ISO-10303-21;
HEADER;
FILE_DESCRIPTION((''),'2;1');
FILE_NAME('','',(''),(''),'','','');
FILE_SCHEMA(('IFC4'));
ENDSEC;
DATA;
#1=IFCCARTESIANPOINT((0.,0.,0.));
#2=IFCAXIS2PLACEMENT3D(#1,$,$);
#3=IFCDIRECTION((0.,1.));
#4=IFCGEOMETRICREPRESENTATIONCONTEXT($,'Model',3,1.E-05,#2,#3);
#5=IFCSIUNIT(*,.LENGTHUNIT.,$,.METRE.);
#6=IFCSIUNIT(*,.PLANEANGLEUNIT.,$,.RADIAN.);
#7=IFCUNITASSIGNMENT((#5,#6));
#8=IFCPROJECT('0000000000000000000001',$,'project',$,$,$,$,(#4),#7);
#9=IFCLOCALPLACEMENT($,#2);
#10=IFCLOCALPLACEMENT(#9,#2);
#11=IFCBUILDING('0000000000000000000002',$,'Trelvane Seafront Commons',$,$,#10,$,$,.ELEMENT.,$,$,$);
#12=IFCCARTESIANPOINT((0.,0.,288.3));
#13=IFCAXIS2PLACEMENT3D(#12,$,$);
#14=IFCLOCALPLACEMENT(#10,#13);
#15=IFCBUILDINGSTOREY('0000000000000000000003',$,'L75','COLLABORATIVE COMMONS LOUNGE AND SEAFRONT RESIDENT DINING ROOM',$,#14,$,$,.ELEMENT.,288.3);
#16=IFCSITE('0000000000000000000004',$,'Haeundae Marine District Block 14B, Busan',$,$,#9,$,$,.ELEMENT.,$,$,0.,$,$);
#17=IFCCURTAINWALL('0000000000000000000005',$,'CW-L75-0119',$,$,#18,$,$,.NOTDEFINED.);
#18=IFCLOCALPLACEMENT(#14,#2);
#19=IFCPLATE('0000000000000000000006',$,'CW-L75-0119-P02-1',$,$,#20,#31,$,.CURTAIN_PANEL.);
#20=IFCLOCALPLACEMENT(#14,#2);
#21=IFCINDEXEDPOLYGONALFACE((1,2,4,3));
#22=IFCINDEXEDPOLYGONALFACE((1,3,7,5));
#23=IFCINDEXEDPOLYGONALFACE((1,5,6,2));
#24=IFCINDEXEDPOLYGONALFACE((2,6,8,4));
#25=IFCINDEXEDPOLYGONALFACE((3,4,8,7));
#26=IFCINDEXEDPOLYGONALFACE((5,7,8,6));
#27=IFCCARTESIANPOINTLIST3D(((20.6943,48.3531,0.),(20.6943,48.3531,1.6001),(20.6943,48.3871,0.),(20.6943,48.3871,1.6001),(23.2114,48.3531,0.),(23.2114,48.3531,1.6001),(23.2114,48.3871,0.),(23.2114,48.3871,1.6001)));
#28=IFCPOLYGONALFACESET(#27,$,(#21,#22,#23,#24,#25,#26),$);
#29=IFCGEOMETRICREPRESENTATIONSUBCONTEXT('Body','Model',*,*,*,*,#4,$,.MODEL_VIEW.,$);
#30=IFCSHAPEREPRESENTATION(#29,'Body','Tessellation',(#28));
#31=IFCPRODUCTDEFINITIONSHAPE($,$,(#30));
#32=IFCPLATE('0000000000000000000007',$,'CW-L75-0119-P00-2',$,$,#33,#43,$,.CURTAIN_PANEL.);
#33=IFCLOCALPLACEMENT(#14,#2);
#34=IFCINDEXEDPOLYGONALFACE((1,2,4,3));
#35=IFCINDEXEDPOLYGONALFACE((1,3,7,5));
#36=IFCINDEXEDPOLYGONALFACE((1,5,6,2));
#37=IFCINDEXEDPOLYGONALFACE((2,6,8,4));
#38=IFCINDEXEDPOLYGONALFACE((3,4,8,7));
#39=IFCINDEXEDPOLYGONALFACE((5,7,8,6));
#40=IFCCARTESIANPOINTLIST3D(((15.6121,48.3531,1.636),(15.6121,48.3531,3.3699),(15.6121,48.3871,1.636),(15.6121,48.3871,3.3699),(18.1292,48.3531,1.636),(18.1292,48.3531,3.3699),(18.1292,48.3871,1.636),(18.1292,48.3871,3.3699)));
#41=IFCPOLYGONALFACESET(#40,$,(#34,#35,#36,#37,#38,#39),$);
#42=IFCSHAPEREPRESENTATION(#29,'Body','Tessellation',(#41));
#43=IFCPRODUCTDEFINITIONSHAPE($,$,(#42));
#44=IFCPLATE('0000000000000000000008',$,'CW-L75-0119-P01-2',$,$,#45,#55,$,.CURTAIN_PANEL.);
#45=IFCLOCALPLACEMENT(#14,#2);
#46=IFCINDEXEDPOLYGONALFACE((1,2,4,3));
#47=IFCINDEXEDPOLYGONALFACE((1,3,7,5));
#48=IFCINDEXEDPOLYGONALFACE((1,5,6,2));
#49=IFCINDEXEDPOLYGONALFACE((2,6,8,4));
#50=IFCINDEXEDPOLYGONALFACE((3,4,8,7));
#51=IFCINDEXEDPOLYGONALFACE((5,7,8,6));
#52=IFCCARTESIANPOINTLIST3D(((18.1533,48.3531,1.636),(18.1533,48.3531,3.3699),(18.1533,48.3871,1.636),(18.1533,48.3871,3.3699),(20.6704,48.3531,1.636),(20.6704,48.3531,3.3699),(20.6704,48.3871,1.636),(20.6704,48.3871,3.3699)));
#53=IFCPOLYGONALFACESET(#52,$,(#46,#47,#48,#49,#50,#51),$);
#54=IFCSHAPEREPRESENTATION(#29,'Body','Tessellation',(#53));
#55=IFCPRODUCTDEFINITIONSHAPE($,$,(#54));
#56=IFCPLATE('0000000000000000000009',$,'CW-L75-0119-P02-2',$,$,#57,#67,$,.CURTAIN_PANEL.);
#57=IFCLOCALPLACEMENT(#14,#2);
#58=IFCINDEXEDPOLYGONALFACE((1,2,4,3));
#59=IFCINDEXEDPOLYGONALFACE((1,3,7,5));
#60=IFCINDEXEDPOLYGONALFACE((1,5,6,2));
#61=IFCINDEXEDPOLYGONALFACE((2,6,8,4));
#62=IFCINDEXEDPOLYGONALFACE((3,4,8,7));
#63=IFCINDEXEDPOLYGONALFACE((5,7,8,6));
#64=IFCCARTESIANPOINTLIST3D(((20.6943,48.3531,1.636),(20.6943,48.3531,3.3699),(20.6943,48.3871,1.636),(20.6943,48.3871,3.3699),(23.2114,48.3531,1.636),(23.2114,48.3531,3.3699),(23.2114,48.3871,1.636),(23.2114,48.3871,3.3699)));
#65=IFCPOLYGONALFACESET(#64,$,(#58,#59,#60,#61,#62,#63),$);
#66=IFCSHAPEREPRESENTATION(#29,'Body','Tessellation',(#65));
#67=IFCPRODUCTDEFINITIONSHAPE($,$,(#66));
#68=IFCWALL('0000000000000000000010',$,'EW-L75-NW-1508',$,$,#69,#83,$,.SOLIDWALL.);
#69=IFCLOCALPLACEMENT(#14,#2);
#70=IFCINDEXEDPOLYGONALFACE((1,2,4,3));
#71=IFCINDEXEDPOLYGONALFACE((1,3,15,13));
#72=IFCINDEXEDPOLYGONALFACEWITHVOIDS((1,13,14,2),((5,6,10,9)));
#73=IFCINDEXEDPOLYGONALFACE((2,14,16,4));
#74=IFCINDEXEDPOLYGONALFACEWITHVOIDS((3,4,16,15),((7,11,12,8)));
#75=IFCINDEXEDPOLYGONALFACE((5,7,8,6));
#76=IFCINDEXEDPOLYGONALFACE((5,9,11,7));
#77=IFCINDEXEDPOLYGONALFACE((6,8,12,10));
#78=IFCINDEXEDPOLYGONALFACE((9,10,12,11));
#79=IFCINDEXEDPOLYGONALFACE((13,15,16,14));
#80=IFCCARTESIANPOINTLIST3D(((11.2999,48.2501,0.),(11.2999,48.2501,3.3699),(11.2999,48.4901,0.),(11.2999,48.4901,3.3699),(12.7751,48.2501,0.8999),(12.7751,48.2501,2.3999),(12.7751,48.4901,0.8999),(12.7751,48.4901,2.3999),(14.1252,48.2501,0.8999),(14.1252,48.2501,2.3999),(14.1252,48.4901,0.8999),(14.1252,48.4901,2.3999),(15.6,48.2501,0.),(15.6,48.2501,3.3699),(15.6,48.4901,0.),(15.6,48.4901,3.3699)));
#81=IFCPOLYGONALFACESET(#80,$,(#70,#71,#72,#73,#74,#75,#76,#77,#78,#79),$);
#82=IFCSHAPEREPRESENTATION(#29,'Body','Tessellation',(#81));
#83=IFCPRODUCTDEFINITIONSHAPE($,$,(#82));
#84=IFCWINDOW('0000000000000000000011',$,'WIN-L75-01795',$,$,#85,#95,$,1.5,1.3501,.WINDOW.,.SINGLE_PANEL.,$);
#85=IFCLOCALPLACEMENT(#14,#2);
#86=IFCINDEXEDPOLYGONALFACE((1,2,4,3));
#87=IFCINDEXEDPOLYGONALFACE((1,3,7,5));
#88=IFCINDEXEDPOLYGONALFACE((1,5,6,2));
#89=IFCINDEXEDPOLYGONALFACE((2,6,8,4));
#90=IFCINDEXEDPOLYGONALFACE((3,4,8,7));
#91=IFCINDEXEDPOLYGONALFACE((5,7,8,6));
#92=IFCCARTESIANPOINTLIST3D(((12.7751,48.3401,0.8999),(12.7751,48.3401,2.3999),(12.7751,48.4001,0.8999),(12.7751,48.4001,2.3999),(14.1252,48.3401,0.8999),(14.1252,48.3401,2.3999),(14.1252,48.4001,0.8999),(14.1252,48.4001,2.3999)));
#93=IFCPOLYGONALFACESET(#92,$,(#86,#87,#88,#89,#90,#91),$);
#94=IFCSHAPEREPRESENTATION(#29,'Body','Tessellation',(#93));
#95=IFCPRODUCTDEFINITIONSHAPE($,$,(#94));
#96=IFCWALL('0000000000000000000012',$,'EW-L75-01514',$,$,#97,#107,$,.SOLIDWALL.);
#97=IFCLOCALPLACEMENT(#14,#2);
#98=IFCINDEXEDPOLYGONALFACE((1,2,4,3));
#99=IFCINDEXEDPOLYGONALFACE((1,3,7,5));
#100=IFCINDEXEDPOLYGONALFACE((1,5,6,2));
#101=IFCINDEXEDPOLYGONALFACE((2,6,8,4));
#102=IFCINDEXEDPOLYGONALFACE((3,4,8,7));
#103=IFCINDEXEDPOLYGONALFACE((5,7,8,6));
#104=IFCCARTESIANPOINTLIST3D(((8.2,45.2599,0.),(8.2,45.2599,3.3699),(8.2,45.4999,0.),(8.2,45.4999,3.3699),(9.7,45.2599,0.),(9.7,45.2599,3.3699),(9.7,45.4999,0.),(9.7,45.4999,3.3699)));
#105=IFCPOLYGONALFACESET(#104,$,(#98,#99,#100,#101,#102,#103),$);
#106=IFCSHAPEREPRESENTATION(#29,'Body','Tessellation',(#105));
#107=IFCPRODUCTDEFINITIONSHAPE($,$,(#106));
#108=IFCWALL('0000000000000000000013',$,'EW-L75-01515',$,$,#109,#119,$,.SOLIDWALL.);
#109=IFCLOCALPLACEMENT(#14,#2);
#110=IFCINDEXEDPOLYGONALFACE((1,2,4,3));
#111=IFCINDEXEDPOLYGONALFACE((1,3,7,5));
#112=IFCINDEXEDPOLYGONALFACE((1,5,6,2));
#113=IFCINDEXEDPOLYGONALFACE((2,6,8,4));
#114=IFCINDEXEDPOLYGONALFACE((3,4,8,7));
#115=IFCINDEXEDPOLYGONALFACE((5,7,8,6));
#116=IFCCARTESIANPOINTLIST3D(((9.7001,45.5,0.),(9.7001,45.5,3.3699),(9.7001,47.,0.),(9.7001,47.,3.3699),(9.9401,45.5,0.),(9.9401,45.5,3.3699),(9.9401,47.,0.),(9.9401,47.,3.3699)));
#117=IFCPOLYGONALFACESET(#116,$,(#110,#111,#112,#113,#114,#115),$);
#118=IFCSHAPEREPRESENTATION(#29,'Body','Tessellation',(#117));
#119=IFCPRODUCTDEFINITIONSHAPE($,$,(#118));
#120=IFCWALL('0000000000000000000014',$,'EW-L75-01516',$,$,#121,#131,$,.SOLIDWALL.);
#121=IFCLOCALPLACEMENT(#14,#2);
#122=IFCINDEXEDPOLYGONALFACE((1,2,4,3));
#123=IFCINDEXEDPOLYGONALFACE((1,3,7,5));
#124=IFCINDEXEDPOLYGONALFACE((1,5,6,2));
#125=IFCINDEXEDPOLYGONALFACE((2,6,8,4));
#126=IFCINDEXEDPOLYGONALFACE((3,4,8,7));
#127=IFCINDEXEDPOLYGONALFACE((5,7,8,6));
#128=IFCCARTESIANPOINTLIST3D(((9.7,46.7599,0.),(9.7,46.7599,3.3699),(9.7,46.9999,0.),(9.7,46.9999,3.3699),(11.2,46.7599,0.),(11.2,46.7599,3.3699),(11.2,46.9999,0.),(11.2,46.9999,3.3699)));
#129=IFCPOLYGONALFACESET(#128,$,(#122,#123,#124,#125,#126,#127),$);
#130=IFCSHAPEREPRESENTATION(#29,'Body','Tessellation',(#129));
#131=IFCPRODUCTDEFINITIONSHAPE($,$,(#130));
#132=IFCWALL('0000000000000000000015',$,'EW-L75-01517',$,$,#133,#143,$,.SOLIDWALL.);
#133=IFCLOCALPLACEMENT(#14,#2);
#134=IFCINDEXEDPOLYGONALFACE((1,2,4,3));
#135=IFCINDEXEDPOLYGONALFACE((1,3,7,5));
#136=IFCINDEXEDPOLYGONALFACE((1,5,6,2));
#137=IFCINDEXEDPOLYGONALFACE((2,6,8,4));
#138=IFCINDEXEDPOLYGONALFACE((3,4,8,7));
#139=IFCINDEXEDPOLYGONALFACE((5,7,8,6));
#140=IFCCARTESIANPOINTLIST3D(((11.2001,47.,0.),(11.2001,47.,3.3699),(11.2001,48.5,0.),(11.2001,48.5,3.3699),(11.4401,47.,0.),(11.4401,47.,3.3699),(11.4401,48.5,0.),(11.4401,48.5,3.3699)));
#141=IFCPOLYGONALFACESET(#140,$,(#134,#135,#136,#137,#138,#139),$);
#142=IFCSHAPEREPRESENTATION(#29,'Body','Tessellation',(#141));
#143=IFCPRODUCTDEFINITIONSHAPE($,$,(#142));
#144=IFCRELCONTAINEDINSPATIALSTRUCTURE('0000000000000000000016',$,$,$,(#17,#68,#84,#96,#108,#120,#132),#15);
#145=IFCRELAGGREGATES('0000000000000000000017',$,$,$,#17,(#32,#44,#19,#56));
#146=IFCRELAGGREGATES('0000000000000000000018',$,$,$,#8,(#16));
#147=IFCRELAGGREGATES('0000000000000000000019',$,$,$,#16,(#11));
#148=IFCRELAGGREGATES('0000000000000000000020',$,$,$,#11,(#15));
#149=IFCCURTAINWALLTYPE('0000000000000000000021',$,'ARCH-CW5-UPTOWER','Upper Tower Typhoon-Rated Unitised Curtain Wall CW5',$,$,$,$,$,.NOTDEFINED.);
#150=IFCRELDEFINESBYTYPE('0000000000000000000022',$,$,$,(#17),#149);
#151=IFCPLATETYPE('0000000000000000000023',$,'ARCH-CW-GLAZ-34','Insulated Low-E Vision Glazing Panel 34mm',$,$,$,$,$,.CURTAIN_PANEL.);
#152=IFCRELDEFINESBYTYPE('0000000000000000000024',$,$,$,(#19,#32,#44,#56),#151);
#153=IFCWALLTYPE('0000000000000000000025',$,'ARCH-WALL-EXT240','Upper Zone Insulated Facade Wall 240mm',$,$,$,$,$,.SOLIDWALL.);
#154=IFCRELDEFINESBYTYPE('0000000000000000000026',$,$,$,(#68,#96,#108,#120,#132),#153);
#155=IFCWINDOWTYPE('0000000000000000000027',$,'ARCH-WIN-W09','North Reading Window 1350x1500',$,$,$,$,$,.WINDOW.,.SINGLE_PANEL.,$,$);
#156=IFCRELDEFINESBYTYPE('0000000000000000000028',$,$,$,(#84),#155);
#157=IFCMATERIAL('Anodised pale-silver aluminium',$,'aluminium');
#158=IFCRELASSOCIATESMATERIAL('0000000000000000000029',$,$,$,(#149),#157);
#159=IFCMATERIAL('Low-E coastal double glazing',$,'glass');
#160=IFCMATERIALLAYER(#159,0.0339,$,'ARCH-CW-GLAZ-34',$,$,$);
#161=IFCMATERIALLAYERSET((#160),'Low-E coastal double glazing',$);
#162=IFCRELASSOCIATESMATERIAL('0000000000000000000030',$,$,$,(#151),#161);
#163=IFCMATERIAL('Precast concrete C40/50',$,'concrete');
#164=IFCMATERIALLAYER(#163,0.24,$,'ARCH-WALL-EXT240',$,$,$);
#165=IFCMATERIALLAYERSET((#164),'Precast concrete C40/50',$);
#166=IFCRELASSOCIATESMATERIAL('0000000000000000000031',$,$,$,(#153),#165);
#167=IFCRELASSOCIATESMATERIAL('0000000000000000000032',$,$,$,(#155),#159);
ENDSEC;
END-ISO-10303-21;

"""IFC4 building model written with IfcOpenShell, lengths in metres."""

from ifc_helpers import new_model, si_unit, direction, frame, frame_2d, origin, origin_2d, place, context, subcontext, project, spatial, rectangle, extrude, source, transform, mapped, material, layer, layer_set, type_object, element, fill, aggregate, save


model = new_model("IFC4")

# Units and contexts
model_context = context("Model", 3, precision=1e-05, world=origin(), true_north=direction((0.0, 1.0)))
body_context = subcontext(model_context, "Body", "Model", "MODEL_VIEW")
ifc_project = project(units=[si_unit("LENGTHUNIT", "METRE"), si_unit("PLANEANGLEUNIT", "RADIAN")], contexts=[model_context])

# Site, building, storey
site_placement = place(None, origin())
site = spatial("IfcSite", under=ifc_project, at=site_placement, Name="Haeundae Marine District Block 14B, Busan", CompositionType="ELEMENT", RefElevation=0.0)
building_placement = place(site_placement, origin())
building = spatial("IfcBuilding", under=site, at=building_placement, Name="Trelvane Seafront Commons", CompositionType="ELEMENT")
storey_placement = place(building_placement, frame((0.0, 0.0, 288.3)))
storey = spatial("IfcBuildingStorey", under=building, at=storey_placement, Name="L75", Description="COLLABORATIVE COMMONS LOUNGE AND SEAFRONT RESIDENT DINING ROOM", CompositionType="ELEMENT", Elevation=288.3)

# Curtain wall
ifc_material_1 = material(Name="Anodised pale-silver aluminium", Category="aluminium")
curtain_wall_type = type_object("IfcCurtainWallType", Name="ARCH-CW5-UPTOWER", Description="Upper Tower Typhoon-Rated Unitised Curtain Wall CW5", PredefinedType="NOTDEFINED", material=ifc_material_1)
curtain_wall_placement = place(storey_placement, origin())
curtain_wall = element("IfcCurtainWall", 1, at=curtain_wall_placement, inside=storey, type_object=curtain_wall_type, Name="CW-L75-0119", PredefinedType="NOTDEFINED")

# Plates
ifc_material_2 = material(Name="Low-E coastal double glazing", Category="glass")
ifc_layer_1 = layer(ifc_material_2, 0.0339, Name="ARCH-CW-GLAZ-34")
ifc_layer_set_1 = layer_set([ifc_layer_1], Name="Low-E coastal double glazing")
plate_type_1 = type_object("IfcPlateType", Name="ARCH-CW-GLAZ-34", Description="Insulated Low-E Vision Glazing Panel 34mm", PredefinedType="CURTAIN_PANEL", material=ifc_layer_set_1)
shared_shape_1 = source(origin(), body_context, "Body", "SweptSolid", [
    extrude(rectangle(XDim=2.5171, YDim=0.0339, at=origin_2d()), origin(), (0.0, 0.0, 1.0), 1.6001),
])
plate_1_placement = place(storey_placement, frame((21.9529, 48.3701, 0.0), z_axis=(0.0, 0.0, 1.0), x_axis=(1.0, 0.0, 0.0)))
plate_1 = element("IfcPlate", 2, at=plate_1_placement, type_object=plate_type_1, Name="CW-L75-0119-P02-1", PredefinedType="CURTAIN_PANEL", context=body_context, shape_type="MappedRepresentation", body=[
    mapped(shared_shape_1, transform((0.0, 0.0, 0.0), x_axis=(1.0, 0.0, 0.0), y_axis=(0.0, 1.0, 0.0), z_axis=(0.0, 0.0, 1.0), scale=1.0)),
])
shared_shape_2 = source(origin(), body_context, "Body", "SweptSolid", [
    extrude(rectangle(XDim=2.5171, YDim=0.0339, at=origin_2d()), origin(), (0.0, 0.0, 1.0), 1.7339),
])
plate_2_placement = place(storey_placement, frame((16.8706, 48.3701, 1.636), z_axis=(0.0, 0.0, 1.0), x_axis=(1.0, 0.0, 0.0)))
plate_2 = element("IfcPlate", 3, at=plate_2_placement, type_object=plate_type_1, Name="CW-L75-0119-P00-2", PredefinedType="CURTAIN_PANEL", context=body_context, shape_type="MappedRepresentation", body=[
    mapped(shared_shape_2, transform((0.0, 0.0, 0.0), x_axis=(1.0, 0.0, 0.0), y_axis=(0.0, 1.0, 0.0), z_axis=(0.0, 0.0, 1.0), scale=1.0)),
])
plate_3_placement = place(storey_placement, frame((19.4119, 48.3701, 1.636), z_axis=(0.0, 0.0, 1.0), x_axis=(1.0, 0.0, 0.0)))
plate_3 = element("IfcPlate", 4, at=plate_3_placement, type_object=plate_type_1, Name="CW-L75-0119-P01-2", PredefinedType="CURTAIN_PANEL", context=body_context, shape_type="MappedRepresentation", body=[
    mapped(shared_shape_2, transform((0.0, 0.0, 0.0), x_axis=(1.0, 0.0, 0.0), y_axis=(0.0, 1.0, 0.0), z_axis=(0.0, 0.0, 1.0), scale=1.0)),
])
plate_4_placement = place(storey_placement, frame((21.9529, 48.3701, 1.636), z_axis=(0.0, 0.0, 1.0), x_axis=(1.0, 0.0, 0.0)))
plate_4 = element("IfcPlate", 5, at=plate_4_placement, type_object=plate_type_1, Name="CW-L75-0119-P02-2", PredefinedType="CURTAIN_PANEL", context=body_context, shape_type="MappedRepresentation", body=[
    mapped(shared_shape_2, transform((0.0, 0.0, 0.0), x_axis=(1.0, 0.0, 0.0), y_axis=(0.0, 1.0, 0.0), z_axis=(0.0, 0.0, 1.0), scale=1.0)),
])
aggregate(curtain_wall, [plate_2, plate_3, plate_1, plate_4])

# Wall, opening, window
ifc_material_3 = material(Name="Precast concrete C40/50", Category="concrete")
ifc_layer_2 = layer(ifc_material_3, 0.24, Name="ARCH-WALL-EXT240")
ifc_layer_set_2 = layer_set([ifc_layer_2], Name="Precast concrete C40/50")
wall_type = type_object("IfcWallType", Name="ARCH-WALL-EXT240", Description="Upper Zone Insulated Facade Wall 240mm", PredefinedType="SOLIDWALL", material=ifc_layer_set_2)
wall_placement = place(storey_placement, frame((11.3, 48.3701, 0.0), z_axis=(0.0, 0.0, 1.0), x_axis=(1.0, 0.0, 0.0)))
wall = element("IfcWall", 6, at=wall_placement, inside=storey, type_object=wall_type, Name="EW-L75-NW-1508", PredefinedType="SOLIDWALL", context=body_context, shape_type="SweptSolid", body=[
    extrude(rectangle(XDim=4.3, YDim=0.24, at=frame_2d((2.1499, 0.0))), origin(), (0.0, 0.0, 1.0), 3.3699),
])
opening_placement = place(wall_placement, frame((1.4751, 0.0, 0.8999)))
opening = element("IfcOpeningElement", 7, at=opening_placement, cuts=wall, PredefinedType="OPENING", context=body_context, shape_type="SweptSolid", body=[
    extrude(rectangle(XDim=1.3501, YDim=1.5, at=frame_2d((0.675, 0.75))), frame((0.0, 0.1299, 0.0), z_axis=(0.0, -1.0, 0.0), x_axis=(1.0, 0.0, 0.0)), (0.0, 0.0, 1.0), 0.26),
])
window_type = type_object("IfcWindowType", Name="ARCH-WIN-W09", Description="North Reading Window 1350x1500", PartitioningType="SINGLE_PANEL", PredefinedType="WINDOW", material=ifc_material_2)
shared_shape_3 = source(origin(), body_context, "Body", "SweptSolid", [
    extrude(rectangle(XDim=1.3501, YDim=1.5, at=frame_2d((0.675, 0.75))), frame((0.0, 0.03, 0.0), z_axis=(0.0, -1.0, 0.0), x_axis=(1.0, 0.0, 0.0)), (0.0, 0.0, 1.0), 0.0601),
])
window_placement = place(opening_placement, origin())
window = element("IfcWindow", 8, at=window_placement, inside=storey, type_object=window_type, Name="WIN-L75-01795", OverallHeight=1.5, OverallWidth=1.3501, PartitioningType="SINGLE_PANEL", PredefinedType="WINDOW", context=body_context, shape_type="MappedRepresentation", body=[
    mapped(shared_shape_3, transform((0.0, 0.0, 0.0), x_axis=(1.0, 0.0, 0.0), y_axis=(0.0, 1.0, 0.0), z_axis=(0.0, 0.0, 1.0), scale=1.0)),
])
fill(opening, window)

# Walls
for number, where, z_axis, x_axis, name in (
    (9, (8.2, 45.3799, 0.0), (0.0, 0.0, 1.0), (1.0, 0.0, 0.0), "EW-L75-01514"),
    (10, (9.8201, 45.5, 0.0), (0.0, 0.0, 1.0), (0.0, 1.0, 0.0), "EW-L75-01515"),
    (11, (9.7, 46.8799, 0.0), (0.0, 0.0, 1.0), (1.0, 0.0, 0.0), "EW-L75-01516"),
    (12, (11.3201, 47.0, 0.0), (0.0, 0.0, 1.0), (0.0, 1.0, 0.0), "EW-L75-01517"),
):
    element("IfcWall", number, at=place(storey_placement, frame(where, z_axis=z_axis, x_axis=x_axis)), inside=storey, type_object=wall_type, Name=name, PredefinedType="SOLIDWALL", context=body_context, shape_type="SweptSolid", body=[
        extrude(rectangle(XDim=1.5, YDim=0.24, at=frame_2d((0.75, 0.0))), origin(), (0.0, 0.0, 1.0), 3.3699),
    ])

save(model, "model.ifc")
